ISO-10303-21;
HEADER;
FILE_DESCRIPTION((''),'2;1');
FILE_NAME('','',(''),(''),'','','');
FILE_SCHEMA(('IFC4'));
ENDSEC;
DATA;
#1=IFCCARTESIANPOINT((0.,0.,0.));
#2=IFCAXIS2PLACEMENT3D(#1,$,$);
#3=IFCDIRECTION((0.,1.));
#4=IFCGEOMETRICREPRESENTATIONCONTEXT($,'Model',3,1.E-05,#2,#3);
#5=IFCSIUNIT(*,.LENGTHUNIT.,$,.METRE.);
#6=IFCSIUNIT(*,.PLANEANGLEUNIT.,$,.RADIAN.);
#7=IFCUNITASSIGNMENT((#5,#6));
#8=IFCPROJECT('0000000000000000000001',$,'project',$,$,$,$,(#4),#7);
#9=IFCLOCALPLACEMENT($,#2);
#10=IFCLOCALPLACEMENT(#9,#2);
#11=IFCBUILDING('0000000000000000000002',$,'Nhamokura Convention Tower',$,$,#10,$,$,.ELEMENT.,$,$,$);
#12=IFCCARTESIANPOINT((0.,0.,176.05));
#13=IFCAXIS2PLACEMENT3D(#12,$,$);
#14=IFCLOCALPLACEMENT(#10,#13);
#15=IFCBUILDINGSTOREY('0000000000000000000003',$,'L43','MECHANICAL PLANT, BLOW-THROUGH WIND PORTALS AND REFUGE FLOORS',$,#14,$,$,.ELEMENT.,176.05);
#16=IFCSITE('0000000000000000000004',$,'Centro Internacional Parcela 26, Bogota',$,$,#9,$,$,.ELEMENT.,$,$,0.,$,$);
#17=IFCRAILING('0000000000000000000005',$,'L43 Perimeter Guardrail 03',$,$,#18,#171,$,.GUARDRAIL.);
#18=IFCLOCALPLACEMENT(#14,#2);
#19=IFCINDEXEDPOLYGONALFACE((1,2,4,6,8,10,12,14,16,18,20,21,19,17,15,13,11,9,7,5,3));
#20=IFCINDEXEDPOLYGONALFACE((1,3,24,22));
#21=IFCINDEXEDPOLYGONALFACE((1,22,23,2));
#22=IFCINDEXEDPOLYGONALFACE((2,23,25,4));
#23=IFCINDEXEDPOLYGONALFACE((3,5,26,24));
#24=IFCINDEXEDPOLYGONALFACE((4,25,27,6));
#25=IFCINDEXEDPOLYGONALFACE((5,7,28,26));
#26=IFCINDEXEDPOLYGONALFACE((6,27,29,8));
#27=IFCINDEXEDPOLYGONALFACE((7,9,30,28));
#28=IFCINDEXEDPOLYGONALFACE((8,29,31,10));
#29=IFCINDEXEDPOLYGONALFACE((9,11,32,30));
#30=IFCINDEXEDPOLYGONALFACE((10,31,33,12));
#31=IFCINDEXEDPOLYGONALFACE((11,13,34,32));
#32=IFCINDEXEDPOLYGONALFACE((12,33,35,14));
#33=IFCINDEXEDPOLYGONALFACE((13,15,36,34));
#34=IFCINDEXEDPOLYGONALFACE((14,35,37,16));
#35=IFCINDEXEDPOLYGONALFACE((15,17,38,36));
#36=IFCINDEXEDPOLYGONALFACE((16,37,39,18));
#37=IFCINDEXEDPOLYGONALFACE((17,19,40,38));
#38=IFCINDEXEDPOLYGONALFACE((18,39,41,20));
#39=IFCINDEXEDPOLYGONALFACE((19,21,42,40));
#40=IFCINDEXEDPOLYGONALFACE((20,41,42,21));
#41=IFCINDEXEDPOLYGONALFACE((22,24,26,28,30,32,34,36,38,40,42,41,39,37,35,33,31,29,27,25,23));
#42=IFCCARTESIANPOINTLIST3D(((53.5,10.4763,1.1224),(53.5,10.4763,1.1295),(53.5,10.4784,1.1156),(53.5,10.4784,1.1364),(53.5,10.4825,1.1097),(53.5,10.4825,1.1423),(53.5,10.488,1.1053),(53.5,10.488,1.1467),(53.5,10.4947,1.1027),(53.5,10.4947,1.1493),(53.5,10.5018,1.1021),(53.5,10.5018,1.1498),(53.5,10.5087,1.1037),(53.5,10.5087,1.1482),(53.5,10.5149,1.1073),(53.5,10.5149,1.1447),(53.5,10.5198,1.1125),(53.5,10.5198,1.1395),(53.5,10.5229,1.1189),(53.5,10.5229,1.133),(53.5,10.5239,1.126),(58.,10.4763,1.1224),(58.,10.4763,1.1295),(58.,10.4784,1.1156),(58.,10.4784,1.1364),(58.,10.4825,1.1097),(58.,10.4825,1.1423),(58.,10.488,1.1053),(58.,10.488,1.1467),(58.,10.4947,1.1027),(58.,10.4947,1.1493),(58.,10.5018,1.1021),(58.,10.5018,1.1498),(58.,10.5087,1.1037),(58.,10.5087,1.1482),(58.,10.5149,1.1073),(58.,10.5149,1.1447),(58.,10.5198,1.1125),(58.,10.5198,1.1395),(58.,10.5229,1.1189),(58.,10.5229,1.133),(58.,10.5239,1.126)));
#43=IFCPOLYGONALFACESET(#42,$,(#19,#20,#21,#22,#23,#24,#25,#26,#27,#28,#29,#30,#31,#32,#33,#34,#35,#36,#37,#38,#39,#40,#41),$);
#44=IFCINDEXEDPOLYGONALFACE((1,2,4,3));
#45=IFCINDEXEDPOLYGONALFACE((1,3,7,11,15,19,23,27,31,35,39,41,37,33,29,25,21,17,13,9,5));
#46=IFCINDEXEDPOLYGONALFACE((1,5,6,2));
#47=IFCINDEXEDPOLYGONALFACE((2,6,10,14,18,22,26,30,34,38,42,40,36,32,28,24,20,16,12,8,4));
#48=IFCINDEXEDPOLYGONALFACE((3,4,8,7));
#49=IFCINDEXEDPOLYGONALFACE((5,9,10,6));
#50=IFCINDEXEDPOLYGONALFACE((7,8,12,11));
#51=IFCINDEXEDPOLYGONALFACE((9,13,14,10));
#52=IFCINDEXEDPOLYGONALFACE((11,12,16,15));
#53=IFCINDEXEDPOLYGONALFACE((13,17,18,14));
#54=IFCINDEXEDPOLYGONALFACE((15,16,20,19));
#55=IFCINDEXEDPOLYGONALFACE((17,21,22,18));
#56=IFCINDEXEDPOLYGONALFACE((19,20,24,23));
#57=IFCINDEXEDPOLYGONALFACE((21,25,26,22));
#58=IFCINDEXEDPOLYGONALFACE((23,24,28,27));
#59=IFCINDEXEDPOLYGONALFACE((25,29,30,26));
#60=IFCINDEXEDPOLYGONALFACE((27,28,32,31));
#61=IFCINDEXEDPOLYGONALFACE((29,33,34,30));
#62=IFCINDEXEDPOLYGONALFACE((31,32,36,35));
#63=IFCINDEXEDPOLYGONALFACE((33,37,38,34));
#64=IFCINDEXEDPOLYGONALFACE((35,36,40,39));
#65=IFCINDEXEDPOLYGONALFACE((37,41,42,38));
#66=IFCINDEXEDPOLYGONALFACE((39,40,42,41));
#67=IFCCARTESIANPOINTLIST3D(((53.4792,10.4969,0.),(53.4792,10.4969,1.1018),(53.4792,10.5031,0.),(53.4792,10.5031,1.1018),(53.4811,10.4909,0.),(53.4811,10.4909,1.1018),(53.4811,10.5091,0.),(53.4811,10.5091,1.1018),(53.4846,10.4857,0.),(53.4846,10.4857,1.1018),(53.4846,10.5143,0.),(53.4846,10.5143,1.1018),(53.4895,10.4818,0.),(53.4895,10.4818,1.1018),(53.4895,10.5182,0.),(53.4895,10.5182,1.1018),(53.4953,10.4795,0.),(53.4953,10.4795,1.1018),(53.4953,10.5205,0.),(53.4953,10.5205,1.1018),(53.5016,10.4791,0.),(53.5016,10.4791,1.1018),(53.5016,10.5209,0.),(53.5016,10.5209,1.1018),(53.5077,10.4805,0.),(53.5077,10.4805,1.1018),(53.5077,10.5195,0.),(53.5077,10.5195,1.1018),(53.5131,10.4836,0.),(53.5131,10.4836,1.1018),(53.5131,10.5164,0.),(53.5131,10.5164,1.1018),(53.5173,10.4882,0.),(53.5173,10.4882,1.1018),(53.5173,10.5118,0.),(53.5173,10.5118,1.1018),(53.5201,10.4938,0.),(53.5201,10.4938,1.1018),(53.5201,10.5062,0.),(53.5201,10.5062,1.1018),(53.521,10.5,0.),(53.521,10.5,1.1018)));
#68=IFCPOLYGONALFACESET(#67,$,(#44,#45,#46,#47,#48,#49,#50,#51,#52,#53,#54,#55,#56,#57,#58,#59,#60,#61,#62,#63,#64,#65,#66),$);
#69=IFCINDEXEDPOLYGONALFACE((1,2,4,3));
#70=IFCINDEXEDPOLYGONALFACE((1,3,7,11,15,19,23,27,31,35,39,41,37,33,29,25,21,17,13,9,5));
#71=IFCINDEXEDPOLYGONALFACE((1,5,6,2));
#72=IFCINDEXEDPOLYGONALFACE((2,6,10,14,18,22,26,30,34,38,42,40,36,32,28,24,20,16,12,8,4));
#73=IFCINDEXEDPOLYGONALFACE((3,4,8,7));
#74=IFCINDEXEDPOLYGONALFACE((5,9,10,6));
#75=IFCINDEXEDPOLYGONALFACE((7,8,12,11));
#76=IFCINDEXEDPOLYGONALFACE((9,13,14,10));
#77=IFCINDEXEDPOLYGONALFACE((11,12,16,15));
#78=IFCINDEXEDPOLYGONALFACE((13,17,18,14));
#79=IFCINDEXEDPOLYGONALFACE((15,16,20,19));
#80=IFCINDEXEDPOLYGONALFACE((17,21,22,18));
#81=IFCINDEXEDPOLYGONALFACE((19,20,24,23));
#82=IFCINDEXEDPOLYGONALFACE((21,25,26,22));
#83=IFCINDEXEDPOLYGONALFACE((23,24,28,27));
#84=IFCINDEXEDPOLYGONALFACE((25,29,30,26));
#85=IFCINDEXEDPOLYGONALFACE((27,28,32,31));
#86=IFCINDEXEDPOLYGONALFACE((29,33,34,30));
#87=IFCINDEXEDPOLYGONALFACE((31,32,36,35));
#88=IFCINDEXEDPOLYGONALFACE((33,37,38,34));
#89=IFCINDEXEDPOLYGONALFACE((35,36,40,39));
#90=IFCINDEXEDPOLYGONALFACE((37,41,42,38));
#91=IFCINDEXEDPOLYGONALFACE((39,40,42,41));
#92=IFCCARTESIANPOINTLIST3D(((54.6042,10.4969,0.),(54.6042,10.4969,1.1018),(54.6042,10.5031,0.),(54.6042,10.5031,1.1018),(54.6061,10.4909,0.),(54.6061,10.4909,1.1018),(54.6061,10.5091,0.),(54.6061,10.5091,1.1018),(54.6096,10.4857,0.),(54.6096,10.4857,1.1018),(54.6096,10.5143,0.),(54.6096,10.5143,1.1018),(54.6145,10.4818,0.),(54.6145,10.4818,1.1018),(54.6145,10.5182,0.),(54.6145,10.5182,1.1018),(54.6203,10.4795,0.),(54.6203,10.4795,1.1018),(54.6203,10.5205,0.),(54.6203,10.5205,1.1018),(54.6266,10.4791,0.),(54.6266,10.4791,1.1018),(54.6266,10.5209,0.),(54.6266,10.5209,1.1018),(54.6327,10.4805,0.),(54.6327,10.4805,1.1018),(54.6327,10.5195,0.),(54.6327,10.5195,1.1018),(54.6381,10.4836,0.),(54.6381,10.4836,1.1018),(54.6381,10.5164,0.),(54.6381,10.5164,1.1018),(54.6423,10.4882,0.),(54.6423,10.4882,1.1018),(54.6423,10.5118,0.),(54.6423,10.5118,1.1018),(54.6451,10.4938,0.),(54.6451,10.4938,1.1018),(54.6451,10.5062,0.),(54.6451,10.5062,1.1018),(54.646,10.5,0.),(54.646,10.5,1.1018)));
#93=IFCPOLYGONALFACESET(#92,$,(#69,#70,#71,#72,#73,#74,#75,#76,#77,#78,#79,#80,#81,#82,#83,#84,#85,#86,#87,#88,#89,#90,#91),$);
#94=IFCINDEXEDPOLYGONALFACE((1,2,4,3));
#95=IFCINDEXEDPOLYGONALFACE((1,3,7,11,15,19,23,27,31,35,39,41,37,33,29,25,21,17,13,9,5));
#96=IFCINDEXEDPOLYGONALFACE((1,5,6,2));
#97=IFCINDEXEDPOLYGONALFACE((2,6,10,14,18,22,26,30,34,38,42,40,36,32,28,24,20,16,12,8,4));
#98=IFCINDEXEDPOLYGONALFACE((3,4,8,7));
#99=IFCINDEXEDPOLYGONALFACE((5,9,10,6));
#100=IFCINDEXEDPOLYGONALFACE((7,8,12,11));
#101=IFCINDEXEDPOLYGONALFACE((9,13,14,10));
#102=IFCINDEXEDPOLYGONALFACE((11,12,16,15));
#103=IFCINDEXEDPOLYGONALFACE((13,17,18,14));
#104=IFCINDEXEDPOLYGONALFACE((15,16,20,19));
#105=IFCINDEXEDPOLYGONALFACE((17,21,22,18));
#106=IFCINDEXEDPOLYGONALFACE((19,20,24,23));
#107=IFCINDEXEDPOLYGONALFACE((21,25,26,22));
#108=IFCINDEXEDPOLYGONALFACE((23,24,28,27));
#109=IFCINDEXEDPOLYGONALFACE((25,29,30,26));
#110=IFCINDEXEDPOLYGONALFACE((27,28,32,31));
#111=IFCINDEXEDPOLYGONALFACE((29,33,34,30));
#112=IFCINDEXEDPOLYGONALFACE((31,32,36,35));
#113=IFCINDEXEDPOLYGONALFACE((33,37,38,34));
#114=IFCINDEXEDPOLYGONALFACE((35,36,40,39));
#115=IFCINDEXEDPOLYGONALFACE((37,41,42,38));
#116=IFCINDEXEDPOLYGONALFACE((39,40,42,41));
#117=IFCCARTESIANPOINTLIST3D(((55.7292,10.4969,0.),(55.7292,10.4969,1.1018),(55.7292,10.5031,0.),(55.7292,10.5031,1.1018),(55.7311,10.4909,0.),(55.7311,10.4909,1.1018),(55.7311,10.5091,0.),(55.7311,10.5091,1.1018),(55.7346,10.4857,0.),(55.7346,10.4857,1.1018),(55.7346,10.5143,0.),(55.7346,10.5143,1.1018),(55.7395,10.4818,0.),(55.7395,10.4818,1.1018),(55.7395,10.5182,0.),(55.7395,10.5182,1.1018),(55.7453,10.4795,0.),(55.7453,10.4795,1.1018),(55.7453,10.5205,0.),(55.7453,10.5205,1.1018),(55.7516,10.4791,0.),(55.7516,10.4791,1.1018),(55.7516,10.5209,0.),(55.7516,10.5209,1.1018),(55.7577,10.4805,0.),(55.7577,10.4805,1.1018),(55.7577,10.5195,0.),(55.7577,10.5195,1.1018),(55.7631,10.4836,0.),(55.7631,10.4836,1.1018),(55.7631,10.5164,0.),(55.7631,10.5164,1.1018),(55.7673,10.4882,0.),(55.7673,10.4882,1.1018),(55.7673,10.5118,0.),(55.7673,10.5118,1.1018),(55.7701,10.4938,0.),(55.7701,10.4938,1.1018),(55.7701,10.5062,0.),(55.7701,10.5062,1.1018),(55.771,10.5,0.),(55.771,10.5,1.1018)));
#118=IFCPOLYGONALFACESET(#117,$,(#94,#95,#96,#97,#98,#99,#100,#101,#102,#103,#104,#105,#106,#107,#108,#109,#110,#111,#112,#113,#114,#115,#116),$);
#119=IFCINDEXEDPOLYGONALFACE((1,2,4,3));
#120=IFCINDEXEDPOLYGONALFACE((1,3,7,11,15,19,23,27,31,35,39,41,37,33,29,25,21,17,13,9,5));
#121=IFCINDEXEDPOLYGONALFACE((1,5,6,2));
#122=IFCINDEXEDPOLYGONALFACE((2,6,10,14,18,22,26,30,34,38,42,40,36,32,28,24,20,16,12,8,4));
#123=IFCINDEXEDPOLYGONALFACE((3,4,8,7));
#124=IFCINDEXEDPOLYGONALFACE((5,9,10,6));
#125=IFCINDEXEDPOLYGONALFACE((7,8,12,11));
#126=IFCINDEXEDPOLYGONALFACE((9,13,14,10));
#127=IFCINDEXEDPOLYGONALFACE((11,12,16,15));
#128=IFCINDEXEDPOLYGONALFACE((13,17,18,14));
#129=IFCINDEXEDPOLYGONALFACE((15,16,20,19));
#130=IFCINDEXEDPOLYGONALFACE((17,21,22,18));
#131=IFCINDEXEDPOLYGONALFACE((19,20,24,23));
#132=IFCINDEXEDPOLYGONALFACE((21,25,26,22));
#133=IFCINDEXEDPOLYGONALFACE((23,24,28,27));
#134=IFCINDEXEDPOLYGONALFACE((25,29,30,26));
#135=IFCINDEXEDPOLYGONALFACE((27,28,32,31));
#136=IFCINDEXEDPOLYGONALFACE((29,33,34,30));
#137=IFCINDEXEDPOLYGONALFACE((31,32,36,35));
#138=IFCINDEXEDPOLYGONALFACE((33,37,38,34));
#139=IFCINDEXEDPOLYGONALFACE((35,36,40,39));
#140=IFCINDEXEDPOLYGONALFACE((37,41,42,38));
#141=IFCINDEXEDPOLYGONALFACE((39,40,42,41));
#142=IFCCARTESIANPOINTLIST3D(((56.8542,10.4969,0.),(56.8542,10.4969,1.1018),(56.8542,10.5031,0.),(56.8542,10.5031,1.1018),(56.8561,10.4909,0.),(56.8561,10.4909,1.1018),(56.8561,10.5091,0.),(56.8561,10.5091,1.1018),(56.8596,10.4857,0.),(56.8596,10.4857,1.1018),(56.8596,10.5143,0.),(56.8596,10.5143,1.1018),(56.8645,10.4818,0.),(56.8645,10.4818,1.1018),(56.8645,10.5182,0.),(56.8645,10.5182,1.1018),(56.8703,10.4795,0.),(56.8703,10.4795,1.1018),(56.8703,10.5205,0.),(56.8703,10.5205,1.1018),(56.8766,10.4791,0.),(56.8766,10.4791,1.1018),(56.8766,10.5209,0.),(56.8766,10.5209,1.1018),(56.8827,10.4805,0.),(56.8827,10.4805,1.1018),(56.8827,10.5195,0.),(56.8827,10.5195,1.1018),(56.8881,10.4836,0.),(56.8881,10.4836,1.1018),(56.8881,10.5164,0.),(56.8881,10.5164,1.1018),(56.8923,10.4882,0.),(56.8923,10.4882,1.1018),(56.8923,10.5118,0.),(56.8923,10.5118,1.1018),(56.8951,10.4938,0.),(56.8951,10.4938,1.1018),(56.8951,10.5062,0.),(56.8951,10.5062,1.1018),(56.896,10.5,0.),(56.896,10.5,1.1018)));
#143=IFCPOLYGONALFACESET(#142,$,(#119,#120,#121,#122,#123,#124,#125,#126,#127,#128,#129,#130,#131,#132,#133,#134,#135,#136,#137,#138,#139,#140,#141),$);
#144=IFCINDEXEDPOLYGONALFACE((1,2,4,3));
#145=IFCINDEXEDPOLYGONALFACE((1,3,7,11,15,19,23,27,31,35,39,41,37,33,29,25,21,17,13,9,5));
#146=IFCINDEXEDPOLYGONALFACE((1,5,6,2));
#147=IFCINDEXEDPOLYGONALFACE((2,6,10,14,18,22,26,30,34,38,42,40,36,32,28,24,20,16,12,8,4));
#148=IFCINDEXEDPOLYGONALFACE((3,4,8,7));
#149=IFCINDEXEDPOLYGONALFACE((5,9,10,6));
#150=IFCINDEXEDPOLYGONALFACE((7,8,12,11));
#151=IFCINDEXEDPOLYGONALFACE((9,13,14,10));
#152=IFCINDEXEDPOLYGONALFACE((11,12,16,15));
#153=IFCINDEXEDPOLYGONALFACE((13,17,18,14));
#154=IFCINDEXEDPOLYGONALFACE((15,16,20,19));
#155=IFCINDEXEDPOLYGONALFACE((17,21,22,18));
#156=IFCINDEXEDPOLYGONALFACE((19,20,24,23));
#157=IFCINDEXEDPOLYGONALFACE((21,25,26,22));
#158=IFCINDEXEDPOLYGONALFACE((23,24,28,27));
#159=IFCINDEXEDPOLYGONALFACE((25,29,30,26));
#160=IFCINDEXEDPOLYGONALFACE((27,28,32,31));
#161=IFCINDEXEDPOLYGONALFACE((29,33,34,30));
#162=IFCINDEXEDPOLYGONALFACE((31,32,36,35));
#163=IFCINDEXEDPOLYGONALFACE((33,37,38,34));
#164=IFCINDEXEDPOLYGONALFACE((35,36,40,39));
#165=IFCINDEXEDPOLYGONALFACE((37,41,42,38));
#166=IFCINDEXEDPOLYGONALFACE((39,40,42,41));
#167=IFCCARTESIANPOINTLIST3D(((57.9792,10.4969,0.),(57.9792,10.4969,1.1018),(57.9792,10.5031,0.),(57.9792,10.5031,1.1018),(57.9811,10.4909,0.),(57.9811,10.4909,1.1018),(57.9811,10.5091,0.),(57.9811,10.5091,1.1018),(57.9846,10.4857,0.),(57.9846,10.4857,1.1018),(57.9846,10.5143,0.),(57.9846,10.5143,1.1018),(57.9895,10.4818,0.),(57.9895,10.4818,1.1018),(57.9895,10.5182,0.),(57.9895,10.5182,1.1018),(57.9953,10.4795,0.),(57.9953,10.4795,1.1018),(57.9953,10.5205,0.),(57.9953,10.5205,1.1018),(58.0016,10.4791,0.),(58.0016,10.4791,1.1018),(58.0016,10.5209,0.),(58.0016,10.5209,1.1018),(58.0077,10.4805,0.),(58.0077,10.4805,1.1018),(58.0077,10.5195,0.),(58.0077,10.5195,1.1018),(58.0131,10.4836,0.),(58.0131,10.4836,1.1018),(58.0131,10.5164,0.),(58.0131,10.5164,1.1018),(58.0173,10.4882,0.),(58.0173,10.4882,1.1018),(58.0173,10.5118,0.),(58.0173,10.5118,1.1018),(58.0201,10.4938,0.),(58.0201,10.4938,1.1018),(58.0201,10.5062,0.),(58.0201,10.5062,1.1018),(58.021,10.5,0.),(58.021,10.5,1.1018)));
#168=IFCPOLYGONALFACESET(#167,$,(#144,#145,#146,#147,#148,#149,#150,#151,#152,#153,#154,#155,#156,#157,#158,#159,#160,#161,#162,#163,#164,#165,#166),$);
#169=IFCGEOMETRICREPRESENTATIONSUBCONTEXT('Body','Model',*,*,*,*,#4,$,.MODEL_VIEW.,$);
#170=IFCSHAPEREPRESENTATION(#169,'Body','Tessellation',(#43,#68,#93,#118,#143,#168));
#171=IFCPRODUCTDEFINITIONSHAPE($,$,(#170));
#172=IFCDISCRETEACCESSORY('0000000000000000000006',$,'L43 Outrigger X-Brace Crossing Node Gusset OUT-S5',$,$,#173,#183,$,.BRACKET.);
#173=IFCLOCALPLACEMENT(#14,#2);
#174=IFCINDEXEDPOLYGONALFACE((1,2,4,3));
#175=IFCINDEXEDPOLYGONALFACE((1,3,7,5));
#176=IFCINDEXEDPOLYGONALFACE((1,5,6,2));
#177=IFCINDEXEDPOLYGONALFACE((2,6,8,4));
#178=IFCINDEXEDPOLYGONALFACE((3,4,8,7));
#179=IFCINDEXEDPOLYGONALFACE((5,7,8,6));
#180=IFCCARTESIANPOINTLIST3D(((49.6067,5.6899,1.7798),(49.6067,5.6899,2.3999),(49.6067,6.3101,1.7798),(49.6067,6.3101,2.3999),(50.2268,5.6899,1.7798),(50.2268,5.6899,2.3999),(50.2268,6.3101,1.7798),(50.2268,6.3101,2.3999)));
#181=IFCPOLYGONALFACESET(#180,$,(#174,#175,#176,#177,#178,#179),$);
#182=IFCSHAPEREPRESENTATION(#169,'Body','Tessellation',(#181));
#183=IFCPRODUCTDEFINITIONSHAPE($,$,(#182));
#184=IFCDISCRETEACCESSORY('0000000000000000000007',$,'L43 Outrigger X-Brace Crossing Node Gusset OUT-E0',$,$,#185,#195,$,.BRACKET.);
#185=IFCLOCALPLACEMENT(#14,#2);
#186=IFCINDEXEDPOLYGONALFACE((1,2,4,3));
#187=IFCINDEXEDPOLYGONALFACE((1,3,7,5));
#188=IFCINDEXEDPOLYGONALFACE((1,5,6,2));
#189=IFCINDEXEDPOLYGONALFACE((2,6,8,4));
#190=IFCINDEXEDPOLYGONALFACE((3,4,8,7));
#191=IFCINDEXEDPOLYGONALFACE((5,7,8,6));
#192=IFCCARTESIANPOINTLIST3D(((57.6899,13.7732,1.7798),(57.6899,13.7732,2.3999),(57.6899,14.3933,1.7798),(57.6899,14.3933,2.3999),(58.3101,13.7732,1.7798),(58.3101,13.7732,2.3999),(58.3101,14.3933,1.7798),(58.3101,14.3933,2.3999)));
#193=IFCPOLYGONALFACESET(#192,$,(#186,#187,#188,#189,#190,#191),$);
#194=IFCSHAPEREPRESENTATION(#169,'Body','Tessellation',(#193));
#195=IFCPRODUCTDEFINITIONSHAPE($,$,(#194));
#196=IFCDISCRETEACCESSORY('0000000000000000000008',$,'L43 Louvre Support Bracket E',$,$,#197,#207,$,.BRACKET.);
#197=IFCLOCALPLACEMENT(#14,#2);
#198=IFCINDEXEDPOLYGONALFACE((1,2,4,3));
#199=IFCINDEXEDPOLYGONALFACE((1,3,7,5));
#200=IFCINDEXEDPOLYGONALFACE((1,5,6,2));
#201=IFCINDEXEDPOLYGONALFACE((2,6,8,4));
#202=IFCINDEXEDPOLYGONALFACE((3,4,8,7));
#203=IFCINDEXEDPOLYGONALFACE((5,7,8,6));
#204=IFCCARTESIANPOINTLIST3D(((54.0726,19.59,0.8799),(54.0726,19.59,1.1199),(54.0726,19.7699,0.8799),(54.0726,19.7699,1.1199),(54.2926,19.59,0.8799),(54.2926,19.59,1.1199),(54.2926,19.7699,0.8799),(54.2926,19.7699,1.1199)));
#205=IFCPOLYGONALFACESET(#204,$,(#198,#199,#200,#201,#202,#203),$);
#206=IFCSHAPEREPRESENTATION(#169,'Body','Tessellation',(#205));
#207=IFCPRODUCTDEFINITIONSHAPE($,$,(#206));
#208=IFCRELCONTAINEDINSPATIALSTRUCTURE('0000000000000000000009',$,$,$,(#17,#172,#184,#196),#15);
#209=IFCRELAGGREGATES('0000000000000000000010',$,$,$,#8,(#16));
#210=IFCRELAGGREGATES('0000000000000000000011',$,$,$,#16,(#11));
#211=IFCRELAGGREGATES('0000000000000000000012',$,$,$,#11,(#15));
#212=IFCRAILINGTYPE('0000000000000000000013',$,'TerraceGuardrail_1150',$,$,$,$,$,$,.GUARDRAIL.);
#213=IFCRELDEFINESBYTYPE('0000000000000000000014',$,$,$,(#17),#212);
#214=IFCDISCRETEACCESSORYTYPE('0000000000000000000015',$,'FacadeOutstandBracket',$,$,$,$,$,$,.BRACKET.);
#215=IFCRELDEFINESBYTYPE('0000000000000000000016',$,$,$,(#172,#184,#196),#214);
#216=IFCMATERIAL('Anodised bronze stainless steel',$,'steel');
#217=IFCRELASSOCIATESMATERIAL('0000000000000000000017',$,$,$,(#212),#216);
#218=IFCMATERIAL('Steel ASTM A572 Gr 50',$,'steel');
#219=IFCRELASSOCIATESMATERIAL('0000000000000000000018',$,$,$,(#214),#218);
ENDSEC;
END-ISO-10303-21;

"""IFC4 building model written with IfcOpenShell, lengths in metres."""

from ifc_helpers import new_model, si_unit, direction, frame, origin, origin_2d, place, context, subcontext, project, spatial, rectangle, circle, extrude, material, type_object, element, save


model = new_model("IFC4")

# Units and contexts
model_context = context("Model", 3, precision=1e-05, world=origin(), true_north=direction((0.0, 1.0)))
body_context = subcontext(model_context, "Body", "Model", "MODEL_VIEW")
ifc_project = project(units=[si_unit("LENGTHUNIT", "METRE"), si_unit("PLANEANGLEUNIT", "RADIAN")], contexts=[model_context])

# Site, building, storey
site_placement = place(None, origin())
site = spatial("IfcSite", under=ifc_project, at=site_placement, Name="Centro Internacional Parcela 26, Bogota", CompositionType="ELEMENT", RefElevation=0.0)
building_placement = place(site_placement, origin())
building = spatial("IfcBuilding", under=site, at=building_placement, Name="Nhamokura Convention Tower", CompositionType="ELEMENT")
storey_placement = place(building_placement, frame((0.0, 0.0, 176.05)))
storey = spatial("IfcBuildingStorey", under=building, at=storey_placement, Name="L43", Description="MECHANICAL PLANT, BLOW-THROUGH WIND PORTALS AND REFUGE FLOORS", CompositionType="ELEMENT", Elevation=176.05)

# Railing
ifc_material_1 = material(Name="Anodised bronze stainless steel", Category="steel")
railing_type = type_object("IfcRailingType", Name="TerraceGuardrail_1150", PredefinedType="GUARDRAIL", material=ifc_material_1)
railing_1_placement = place(storey_placement, frame((53.5, 10.5, 0.0)))
element("IfcRailing", 1, at=railing_1_placement, inside=storey, type_object=railing_type, Name="L43 Perimeter Guardrail 03", PredefinedType="GUARDRAIL", context=body_context, shape_type="SweptSolid", body=[
    extrude(circle(Radius=0.0239, at=origin_2d()), frame((0.0, 0.0, 1.126), z_axis=(1.0, 0.0, 0.0), x_axis=(0.0, 1.0, 0.0)), (0.0, 0.0, 1.0), 4.5),
    extrude(circle(Radius=0.021, at=origin_2d()), origin(), (0.0, 0.0, 1.0), 1.1018),
    extrude(circle(Radius=0.021, at=origin_2d()), frame((1.125, 0.0, 0.0)), (0.0, 0.0, 1.0), 1.1018),
    extrude(circle(Radius=0.021, at=origin_2d()), frame((2.25, 0.0, 0.0)), (0.0, 0.0, 1.0), 1.1018),
    extrude(circle(Radius=0.021, at=origin_2d()), frame((3.375, 0.0, 0.0)), (0.0, 0.0, 1.0), 1.1018),
    extrude(circle(Radius=0.021, at=origin_2d()), frame((4.5, 0.0, 0.0)), (0.0, 0.0, 1.0), 1.1018),
])

# Discrete accessories
ifc_material_2 = material(Name="Steel ASTM A572 Gr 50", Category="steel")
discrete_accessory_type = type_object("IfcDiscreteAccessoryType", Name="FacadeOutstandBracket", PredefinedType="BRACKET", material=ifc_material_2)
for number, where, z_axis, x_axis, name in (
    (2, (49.9167, 6.0, 1.7798), (0.0, 0.0, 1.0), (1.0, 0.0, 0.0), "L43 Outrigger X-Brace Crossing Node Gusset OUT-S5"),
    (3, (58.0, 14.0833, 1.7798), (0.0, 0.0, 1.0), (1.0, 0.0, 0.0), "L43 Outrigger X-Brace Crossing Node Gusset OUT-E0"),
):
    element("IfcDiscreteAccessory", number, at=place(storey_placement, frame(where, z_axis=z_axis, x_axis=x_axis)), inside=storey, type_object=discrete_accessory_type, Name=name, PredefinedType="BRACKET", context=body_context, shape_type="SweptSolid", body=[
        extrude(rectangle(XDim=0.6201, YDim=0.6201, at=origin_2d()), origin(), (0.0, 0.0, 1.0), 0.6201),
    ])
discrete_accessory_placement = place(storey_placement, frame((54.1826, 19.6799, 0.8799), z_axis=(0.0, 0.0, 1.0), x_axis=(0.0, -1.0, 0.0)))
element("IfcDiscreteAccessory", 4, at=discrete_accessory_placement, inside=storey, type_object=discrete_accessory_type, Name="L43 Louvre Support Bracket E", PredefinedType="BRACKET", context=body_context, shape_type="SweptSolid", body=[
    extrude(rectangle(XDim=0.1799, YDim=0.22, at=origin_2d()), origin(), (0.0, 0.0, 1.0), 0.24),
])

save(model, "model.ifc")
